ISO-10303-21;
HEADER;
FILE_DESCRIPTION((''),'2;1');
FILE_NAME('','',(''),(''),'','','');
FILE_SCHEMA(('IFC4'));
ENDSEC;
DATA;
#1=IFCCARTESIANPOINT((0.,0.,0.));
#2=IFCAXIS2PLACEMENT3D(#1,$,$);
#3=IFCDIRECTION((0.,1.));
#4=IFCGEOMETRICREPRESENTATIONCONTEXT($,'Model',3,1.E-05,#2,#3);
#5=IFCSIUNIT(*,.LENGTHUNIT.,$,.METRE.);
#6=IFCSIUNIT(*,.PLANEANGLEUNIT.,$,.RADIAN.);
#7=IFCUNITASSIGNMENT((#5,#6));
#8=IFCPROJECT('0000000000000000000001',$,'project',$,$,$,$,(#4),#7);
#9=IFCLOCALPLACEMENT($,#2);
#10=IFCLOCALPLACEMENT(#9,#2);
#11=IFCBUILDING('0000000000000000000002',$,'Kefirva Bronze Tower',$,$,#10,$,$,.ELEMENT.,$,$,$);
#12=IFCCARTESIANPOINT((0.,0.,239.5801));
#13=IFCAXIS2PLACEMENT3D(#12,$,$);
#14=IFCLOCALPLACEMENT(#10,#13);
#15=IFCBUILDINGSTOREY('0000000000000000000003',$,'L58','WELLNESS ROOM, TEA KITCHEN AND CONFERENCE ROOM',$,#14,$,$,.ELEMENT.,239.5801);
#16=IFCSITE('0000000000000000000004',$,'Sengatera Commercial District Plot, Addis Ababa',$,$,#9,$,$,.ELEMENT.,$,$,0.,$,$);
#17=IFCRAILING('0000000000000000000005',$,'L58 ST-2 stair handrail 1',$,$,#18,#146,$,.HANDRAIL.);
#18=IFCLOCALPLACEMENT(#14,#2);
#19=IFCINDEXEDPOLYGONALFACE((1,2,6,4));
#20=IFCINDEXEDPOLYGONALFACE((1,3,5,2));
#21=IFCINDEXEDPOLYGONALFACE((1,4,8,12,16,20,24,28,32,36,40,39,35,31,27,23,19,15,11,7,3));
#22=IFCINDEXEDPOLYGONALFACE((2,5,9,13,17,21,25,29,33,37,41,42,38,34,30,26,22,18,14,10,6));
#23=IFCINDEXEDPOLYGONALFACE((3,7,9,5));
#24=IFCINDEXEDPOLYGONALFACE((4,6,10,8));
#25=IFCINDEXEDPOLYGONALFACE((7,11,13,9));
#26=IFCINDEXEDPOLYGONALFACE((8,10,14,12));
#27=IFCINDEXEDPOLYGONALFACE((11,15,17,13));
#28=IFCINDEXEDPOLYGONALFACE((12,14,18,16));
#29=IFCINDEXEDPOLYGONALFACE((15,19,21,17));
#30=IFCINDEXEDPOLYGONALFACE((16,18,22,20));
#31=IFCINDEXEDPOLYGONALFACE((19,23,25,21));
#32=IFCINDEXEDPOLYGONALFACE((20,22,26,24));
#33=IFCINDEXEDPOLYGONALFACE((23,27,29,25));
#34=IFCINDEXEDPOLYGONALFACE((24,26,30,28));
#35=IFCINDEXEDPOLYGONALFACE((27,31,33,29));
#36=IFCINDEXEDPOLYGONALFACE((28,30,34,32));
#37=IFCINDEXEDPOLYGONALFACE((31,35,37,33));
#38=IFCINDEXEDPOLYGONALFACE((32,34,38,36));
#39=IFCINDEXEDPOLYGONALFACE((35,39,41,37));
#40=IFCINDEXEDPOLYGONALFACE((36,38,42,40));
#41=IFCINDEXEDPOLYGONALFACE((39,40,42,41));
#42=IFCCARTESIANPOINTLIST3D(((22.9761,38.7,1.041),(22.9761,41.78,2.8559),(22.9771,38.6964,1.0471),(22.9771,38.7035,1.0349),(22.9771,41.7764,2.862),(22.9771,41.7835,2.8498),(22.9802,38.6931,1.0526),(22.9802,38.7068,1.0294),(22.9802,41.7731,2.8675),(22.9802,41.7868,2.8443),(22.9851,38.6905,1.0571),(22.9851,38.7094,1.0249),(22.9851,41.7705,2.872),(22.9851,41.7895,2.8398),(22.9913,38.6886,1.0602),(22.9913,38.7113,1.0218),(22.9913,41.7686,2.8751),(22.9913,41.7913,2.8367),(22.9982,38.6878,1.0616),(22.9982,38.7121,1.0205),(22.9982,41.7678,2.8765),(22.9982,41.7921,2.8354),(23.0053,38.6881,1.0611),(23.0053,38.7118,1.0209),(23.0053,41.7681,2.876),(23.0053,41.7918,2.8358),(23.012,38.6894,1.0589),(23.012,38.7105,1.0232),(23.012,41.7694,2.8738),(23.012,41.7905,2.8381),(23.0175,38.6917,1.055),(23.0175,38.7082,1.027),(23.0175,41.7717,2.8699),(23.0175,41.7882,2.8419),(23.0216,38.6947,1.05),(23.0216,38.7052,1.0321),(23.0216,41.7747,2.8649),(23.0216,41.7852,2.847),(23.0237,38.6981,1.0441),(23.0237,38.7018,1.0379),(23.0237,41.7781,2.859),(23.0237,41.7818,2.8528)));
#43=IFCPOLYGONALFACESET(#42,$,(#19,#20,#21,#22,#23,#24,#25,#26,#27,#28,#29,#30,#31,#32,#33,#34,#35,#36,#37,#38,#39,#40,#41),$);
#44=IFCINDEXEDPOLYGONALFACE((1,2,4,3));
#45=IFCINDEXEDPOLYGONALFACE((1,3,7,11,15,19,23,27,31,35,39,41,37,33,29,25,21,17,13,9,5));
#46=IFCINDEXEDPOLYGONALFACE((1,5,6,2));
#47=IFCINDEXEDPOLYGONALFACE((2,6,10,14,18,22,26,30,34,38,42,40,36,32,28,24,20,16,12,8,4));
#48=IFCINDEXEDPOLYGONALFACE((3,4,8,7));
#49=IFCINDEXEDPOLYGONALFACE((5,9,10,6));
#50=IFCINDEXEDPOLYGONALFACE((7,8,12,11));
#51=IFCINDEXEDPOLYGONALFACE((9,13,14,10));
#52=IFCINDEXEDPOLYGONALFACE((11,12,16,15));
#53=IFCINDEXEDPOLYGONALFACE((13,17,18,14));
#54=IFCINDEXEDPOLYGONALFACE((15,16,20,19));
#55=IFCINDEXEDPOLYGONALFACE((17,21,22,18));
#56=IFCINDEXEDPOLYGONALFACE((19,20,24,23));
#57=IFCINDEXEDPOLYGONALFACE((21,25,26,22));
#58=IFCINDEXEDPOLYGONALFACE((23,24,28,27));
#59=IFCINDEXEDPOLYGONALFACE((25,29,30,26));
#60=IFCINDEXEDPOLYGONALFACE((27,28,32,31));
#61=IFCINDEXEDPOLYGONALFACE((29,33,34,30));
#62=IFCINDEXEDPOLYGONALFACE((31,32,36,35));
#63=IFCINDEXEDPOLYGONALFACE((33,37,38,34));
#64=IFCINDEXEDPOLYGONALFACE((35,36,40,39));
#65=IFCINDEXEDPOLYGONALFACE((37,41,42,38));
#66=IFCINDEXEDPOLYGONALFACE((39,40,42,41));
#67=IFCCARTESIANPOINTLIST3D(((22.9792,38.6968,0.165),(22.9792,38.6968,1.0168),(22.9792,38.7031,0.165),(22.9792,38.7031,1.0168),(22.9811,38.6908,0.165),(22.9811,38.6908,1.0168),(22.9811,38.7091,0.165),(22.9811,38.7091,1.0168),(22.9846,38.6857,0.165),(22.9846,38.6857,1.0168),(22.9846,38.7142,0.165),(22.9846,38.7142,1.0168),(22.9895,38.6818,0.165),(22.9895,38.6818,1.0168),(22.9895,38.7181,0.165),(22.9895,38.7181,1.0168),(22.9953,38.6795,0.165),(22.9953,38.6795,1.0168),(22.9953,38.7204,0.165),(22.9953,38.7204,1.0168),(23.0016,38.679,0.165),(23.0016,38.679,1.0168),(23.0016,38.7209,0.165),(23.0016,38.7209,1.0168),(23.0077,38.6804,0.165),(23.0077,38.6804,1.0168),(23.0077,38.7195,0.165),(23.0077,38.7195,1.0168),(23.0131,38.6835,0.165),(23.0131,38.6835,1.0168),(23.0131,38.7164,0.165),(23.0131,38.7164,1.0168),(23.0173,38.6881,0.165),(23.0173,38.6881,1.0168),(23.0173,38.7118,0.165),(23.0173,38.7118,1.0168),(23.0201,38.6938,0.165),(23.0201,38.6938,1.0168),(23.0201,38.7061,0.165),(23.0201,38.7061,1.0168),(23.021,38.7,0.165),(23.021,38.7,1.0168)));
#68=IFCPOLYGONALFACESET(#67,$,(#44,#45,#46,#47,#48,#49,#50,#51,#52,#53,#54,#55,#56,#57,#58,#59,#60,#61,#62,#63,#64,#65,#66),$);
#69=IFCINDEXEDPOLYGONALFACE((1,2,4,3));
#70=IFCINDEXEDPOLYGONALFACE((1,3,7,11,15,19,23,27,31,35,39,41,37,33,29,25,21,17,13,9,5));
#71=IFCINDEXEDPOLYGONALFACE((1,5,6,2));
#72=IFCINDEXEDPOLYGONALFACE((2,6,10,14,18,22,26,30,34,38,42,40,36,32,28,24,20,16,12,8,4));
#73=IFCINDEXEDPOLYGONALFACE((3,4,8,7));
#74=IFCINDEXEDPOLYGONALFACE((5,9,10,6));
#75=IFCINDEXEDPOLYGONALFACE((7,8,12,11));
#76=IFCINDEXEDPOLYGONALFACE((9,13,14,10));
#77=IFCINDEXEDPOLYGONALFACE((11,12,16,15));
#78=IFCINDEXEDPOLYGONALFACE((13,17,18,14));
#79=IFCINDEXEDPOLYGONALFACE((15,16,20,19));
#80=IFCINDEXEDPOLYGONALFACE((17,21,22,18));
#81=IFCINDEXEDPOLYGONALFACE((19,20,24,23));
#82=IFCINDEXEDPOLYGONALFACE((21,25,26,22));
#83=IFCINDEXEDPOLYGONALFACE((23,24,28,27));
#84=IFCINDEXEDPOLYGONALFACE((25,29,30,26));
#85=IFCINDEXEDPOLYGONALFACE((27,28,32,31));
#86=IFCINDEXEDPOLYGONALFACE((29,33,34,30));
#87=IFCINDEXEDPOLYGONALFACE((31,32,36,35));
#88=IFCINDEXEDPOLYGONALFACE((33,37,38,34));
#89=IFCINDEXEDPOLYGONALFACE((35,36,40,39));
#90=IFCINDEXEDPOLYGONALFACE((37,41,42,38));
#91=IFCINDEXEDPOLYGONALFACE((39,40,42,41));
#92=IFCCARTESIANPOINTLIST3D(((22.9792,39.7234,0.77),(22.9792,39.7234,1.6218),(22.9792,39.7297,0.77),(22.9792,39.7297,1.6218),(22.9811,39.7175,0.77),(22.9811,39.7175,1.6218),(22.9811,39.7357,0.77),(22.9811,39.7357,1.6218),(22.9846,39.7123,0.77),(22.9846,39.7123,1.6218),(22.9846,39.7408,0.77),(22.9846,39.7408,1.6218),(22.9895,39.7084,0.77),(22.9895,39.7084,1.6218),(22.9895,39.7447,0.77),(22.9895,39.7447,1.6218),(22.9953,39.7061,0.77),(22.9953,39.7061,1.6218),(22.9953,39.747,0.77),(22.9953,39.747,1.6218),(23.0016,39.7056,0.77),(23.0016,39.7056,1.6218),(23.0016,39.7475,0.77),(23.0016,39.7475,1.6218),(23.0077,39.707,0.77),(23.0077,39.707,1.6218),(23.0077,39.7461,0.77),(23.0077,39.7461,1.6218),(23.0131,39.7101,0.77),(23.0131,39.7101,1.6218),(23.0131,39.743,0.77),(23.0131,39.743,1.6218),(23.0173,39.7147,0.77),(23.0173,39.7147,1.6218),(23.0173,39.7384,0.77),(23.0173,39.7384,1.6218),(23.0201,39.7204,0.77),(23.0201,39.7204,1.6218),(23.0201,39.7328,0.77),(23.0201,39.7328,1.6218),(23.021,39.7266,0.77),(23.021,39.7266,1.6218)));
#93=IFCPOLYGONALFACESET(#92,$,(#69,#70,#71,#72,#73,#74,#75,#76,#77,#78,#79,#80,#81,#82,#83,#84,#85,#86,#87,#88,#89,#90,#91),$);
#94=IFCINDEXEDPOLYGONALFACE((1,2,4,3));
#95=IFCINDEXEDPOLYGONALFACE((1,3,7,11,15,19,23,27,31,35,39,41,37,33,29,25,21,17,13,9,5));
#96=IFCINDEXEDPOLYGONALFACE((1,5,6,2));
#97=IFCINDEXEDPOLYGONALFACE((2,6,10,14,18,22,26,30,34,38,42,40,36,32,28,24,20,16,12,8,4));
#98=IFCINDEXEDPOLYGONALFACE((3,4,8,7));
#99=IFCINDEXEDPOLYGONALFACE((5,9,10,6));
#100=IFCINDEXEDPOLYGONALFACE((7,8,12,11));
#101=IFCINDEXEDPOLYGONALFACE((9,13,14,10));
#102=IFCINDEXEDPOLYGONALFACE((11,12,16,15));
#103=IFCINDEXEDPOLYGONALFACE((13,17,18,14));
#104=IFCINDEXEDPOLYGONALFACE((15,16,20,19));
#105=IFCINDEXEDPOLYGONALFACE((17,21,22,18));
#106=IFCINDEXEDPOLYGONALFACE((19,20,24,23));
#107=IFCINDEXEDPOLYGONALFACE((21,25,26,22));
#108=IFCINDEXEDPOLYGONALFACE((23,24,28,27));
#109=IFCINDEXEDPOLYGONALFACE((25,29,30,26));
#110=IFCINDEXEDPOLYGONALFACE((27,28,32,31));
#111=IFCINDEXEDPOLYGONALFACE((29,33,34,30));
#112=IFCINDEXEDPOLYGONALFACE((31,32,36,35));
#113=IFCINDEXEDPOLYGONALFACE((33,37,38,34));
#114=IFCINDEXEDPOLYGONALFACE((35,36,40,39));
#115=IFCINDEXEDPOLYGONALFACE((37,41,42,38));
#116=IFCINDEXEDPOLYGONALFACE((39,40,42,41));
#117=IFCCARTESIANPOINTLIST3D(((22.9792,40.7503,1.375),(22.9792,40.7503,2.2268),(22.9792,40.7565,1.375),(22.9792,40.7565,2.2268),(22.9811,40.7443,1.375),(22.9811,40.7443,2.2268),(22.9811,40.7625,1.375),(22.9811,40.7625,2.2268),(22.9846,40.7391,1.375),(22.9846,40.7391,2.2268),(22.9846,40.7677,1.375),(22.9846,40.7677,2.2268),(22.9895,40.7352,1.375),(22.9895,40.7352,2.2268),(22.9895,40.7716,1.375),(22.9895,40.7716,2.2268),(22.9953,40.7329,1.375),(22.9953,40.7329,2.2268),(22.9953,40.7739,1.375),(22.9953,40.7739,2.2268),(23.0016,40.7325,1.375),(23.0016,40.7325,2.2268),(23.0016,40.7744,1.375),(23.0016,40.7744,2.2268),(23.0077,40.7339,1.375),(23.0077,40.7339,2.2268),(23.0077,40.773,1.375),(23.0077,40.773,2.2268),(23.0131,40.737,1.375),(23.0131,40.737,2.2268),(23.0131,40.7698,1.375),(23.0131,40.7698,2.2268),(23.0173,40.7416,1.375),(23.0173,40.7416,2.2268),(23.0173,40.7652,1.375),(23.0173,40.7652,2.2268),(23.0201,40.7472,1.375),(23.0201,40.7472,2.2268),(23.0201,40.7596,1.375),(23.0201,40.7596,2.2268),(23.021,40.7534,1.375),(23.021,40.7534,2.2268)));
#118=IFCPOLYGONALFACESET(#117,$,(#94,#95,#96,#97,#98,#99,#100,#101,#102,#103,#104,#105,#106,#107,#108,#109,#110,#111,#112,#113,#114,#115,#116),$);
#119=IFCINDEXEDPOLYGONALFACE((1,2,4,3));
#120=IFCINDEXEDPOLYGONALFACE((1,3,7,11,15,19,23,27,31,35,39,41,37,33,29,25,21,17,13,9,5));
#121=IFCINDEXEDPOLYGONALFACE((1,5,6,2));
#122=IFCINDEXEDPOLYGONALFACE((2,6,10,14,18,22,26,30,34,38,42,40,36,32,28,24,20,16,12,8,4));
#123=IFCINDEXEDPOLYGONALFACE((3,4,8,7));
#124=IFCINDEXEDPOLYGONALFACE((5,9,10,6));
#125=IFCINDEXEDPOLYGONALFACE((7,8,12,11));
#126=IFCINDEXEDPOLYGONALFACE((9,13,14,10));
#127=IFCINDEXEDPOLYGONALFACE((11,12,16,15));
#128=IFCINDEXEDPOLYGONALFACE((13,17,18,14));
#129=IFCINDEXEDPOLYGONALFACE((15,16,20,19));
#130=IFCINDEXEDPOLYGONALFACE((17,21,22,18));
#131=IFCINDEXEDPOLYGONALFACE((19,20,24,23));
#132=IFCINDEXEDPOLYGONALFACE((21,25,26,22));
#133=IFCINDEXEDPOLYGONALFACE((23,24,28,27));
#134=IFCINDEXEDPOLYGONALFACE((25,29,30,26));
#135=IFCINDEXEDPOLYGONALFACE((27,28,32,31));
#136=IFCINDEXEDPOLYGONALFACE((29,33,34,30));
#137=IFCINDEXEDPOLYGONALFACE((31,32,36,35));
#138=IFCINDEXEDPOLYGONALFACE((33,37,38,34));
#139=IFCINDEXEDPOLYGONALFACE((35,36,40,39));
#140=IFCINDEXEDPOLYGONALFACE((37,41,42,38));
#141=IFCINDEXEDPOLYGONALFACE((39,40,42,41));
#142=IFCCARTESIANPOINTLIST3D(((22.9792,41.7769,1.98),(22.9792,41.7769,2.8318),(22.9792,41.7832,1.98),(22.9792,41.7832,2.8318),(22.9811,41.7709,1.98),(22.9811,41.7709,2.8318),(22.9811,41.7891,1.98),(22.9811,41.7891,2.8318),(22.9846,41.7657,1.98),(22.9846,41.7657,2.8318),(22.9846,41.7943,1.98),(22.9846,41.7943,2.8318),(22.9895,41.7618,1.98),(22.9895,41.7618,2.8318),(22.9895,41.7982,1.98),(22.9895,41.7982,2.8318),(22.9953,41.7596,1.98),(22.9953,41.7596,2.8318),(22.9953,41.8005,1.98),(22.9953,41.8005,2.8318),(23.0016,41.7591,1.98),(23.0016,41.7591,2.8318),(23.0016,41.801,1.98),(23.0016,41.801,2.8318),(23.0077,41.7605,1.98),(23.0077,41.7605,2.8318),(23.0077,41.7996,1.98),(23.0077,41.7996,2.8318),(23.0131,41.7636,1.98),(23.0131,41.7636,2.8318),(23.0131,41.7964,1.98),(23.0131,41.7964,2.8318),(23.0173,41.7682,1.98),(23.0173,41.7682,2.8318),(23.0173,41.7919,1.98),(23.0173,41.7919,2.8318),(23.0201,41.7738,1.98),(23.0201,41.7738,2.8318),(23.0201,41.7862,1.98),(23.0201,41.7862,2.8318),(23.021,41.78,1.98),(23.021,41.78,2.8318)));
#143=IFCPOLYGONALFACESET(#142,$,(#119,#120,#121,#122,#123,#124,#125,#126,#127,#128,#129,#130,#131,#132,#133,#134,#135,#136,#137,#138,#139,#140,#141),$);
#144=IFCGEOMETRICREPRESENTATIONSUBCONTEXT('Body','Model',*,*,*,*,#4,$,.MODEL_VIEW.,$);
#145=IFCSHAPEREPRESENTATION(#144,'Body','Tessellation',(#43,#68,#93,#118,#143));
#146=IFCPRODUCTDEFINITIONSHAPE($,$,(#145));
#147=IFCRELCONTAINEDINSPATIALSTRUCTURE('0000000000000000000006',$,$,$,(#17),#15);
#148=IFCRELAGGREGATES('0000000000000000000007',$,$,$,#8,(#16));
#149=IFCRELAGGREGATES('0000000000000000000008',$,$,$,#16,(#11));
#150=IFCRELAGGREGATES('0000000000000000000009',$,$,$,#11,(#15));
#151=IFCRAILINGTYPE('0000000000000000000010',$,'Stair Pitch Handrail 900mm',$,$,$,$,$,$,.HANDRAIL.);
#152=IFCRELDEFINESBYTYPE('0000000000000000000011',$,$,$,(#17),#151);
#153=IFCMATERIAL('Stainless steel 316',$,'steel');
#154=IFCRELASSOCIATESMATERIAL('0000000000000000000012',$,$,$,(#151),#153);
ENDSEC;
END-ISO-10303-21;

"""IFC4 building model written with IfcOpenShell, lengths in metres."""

from ifc_helpers import new_model, si_unit, direction, frame, origin, origin_2d, place, context, subcontext, project, spatial, circle, extrude, material, type_object, element, save


model = new_model("IFC4")

# Units and contexts
model_context = context("Model", 3, precision=1e-05, world=origin(), true_north=direction((0.0, 1.0)))
body_context = subcontext(model_context, "Body", "Model", "MODEL_VIEW")
ifc_project = project(units=[si_unit("LENGTHUNIT", "METRE"), si_unit("PLANEANGLEUNIT", "RADIAN")], contexts=[model_context])

# Site, building, storey
site_placement = place(None, origin())
site = spatial("IfcSite", under=ifc_project, at=site_placement, Name="Sengatera Commercial District Plot, Addis Ababa", CompositionType="ELEMENT", RefElevation=0.0)
building_placement = place(site_placement, origin())
building = spatial("IfcBuilding", under=site, at=building_placement, Name="Kefirva Bronze Tower", CompositionType="ELEMENT")
storey_placement = place(building_placement, frame((0.0, 0.0, 239.5801)))
storey = spatial("IfcBuildingStorey", under=building, at=storey_placement, Name="L58", Description="WELLNESS ROOM, TEA KITCHEN AND CONFERENCE ROOM", CompositionType="ELEMENT", Elevation=239.5801)

# Shared definitions
ifc_material_1 = material(Name="Stainless steel 316", Category="steel")

# Railing
railing_type_1 = type_object("IfcRailingType", Name="Stair Pitch Handrail 900mm", PredefinedType="HANDRAIL", material=ifc_material_1)
railing_1_placement = place(storey_placement, frame((23.0, 38.7, 0.165)))
element("IfcRailing", 1, at=railing_1_placement, inside=storey, type_object=railing_type_1, Name="L58 ST-2 stair handrail 1", PredefinedType="HANDRAIL", context=body_context, shape_type="SweptSolid", body=[
    extrude(circle(Radius=0.0239, at=origin_2d()), frame((0.0, 0.0, 0.876), z_axis=(0.0, 0.861551, 0.507671), x_axis=(-1.0, 0.0, 0.0)), (0.0, 0.0, 1.0), 3.575),
    extrude(circle(Radius=0.021, at=origin_2d()), origin(), (0.0, 0.0, 1.0), 0.8518),
    extrude(circle(Radius=0.021, at=origin_2d()), frame((0.0, 1.0266, 0.605)), (0.0, 0.0, 1.0), 0.8518),
    extrude(circle(Radius=0.021, at=origin_2d()), frame((0.0, 2.0535, 1.21)), (0.0, 0.0, 1.0), 0.8518),
    extrude(circle(Radius=0.021, at=origin_2d()), frame((0.0, 3.0801, 1.8149)), (0.0, 0.0, 1.0), 0.8518),
])

save(model, "model.ifc")
